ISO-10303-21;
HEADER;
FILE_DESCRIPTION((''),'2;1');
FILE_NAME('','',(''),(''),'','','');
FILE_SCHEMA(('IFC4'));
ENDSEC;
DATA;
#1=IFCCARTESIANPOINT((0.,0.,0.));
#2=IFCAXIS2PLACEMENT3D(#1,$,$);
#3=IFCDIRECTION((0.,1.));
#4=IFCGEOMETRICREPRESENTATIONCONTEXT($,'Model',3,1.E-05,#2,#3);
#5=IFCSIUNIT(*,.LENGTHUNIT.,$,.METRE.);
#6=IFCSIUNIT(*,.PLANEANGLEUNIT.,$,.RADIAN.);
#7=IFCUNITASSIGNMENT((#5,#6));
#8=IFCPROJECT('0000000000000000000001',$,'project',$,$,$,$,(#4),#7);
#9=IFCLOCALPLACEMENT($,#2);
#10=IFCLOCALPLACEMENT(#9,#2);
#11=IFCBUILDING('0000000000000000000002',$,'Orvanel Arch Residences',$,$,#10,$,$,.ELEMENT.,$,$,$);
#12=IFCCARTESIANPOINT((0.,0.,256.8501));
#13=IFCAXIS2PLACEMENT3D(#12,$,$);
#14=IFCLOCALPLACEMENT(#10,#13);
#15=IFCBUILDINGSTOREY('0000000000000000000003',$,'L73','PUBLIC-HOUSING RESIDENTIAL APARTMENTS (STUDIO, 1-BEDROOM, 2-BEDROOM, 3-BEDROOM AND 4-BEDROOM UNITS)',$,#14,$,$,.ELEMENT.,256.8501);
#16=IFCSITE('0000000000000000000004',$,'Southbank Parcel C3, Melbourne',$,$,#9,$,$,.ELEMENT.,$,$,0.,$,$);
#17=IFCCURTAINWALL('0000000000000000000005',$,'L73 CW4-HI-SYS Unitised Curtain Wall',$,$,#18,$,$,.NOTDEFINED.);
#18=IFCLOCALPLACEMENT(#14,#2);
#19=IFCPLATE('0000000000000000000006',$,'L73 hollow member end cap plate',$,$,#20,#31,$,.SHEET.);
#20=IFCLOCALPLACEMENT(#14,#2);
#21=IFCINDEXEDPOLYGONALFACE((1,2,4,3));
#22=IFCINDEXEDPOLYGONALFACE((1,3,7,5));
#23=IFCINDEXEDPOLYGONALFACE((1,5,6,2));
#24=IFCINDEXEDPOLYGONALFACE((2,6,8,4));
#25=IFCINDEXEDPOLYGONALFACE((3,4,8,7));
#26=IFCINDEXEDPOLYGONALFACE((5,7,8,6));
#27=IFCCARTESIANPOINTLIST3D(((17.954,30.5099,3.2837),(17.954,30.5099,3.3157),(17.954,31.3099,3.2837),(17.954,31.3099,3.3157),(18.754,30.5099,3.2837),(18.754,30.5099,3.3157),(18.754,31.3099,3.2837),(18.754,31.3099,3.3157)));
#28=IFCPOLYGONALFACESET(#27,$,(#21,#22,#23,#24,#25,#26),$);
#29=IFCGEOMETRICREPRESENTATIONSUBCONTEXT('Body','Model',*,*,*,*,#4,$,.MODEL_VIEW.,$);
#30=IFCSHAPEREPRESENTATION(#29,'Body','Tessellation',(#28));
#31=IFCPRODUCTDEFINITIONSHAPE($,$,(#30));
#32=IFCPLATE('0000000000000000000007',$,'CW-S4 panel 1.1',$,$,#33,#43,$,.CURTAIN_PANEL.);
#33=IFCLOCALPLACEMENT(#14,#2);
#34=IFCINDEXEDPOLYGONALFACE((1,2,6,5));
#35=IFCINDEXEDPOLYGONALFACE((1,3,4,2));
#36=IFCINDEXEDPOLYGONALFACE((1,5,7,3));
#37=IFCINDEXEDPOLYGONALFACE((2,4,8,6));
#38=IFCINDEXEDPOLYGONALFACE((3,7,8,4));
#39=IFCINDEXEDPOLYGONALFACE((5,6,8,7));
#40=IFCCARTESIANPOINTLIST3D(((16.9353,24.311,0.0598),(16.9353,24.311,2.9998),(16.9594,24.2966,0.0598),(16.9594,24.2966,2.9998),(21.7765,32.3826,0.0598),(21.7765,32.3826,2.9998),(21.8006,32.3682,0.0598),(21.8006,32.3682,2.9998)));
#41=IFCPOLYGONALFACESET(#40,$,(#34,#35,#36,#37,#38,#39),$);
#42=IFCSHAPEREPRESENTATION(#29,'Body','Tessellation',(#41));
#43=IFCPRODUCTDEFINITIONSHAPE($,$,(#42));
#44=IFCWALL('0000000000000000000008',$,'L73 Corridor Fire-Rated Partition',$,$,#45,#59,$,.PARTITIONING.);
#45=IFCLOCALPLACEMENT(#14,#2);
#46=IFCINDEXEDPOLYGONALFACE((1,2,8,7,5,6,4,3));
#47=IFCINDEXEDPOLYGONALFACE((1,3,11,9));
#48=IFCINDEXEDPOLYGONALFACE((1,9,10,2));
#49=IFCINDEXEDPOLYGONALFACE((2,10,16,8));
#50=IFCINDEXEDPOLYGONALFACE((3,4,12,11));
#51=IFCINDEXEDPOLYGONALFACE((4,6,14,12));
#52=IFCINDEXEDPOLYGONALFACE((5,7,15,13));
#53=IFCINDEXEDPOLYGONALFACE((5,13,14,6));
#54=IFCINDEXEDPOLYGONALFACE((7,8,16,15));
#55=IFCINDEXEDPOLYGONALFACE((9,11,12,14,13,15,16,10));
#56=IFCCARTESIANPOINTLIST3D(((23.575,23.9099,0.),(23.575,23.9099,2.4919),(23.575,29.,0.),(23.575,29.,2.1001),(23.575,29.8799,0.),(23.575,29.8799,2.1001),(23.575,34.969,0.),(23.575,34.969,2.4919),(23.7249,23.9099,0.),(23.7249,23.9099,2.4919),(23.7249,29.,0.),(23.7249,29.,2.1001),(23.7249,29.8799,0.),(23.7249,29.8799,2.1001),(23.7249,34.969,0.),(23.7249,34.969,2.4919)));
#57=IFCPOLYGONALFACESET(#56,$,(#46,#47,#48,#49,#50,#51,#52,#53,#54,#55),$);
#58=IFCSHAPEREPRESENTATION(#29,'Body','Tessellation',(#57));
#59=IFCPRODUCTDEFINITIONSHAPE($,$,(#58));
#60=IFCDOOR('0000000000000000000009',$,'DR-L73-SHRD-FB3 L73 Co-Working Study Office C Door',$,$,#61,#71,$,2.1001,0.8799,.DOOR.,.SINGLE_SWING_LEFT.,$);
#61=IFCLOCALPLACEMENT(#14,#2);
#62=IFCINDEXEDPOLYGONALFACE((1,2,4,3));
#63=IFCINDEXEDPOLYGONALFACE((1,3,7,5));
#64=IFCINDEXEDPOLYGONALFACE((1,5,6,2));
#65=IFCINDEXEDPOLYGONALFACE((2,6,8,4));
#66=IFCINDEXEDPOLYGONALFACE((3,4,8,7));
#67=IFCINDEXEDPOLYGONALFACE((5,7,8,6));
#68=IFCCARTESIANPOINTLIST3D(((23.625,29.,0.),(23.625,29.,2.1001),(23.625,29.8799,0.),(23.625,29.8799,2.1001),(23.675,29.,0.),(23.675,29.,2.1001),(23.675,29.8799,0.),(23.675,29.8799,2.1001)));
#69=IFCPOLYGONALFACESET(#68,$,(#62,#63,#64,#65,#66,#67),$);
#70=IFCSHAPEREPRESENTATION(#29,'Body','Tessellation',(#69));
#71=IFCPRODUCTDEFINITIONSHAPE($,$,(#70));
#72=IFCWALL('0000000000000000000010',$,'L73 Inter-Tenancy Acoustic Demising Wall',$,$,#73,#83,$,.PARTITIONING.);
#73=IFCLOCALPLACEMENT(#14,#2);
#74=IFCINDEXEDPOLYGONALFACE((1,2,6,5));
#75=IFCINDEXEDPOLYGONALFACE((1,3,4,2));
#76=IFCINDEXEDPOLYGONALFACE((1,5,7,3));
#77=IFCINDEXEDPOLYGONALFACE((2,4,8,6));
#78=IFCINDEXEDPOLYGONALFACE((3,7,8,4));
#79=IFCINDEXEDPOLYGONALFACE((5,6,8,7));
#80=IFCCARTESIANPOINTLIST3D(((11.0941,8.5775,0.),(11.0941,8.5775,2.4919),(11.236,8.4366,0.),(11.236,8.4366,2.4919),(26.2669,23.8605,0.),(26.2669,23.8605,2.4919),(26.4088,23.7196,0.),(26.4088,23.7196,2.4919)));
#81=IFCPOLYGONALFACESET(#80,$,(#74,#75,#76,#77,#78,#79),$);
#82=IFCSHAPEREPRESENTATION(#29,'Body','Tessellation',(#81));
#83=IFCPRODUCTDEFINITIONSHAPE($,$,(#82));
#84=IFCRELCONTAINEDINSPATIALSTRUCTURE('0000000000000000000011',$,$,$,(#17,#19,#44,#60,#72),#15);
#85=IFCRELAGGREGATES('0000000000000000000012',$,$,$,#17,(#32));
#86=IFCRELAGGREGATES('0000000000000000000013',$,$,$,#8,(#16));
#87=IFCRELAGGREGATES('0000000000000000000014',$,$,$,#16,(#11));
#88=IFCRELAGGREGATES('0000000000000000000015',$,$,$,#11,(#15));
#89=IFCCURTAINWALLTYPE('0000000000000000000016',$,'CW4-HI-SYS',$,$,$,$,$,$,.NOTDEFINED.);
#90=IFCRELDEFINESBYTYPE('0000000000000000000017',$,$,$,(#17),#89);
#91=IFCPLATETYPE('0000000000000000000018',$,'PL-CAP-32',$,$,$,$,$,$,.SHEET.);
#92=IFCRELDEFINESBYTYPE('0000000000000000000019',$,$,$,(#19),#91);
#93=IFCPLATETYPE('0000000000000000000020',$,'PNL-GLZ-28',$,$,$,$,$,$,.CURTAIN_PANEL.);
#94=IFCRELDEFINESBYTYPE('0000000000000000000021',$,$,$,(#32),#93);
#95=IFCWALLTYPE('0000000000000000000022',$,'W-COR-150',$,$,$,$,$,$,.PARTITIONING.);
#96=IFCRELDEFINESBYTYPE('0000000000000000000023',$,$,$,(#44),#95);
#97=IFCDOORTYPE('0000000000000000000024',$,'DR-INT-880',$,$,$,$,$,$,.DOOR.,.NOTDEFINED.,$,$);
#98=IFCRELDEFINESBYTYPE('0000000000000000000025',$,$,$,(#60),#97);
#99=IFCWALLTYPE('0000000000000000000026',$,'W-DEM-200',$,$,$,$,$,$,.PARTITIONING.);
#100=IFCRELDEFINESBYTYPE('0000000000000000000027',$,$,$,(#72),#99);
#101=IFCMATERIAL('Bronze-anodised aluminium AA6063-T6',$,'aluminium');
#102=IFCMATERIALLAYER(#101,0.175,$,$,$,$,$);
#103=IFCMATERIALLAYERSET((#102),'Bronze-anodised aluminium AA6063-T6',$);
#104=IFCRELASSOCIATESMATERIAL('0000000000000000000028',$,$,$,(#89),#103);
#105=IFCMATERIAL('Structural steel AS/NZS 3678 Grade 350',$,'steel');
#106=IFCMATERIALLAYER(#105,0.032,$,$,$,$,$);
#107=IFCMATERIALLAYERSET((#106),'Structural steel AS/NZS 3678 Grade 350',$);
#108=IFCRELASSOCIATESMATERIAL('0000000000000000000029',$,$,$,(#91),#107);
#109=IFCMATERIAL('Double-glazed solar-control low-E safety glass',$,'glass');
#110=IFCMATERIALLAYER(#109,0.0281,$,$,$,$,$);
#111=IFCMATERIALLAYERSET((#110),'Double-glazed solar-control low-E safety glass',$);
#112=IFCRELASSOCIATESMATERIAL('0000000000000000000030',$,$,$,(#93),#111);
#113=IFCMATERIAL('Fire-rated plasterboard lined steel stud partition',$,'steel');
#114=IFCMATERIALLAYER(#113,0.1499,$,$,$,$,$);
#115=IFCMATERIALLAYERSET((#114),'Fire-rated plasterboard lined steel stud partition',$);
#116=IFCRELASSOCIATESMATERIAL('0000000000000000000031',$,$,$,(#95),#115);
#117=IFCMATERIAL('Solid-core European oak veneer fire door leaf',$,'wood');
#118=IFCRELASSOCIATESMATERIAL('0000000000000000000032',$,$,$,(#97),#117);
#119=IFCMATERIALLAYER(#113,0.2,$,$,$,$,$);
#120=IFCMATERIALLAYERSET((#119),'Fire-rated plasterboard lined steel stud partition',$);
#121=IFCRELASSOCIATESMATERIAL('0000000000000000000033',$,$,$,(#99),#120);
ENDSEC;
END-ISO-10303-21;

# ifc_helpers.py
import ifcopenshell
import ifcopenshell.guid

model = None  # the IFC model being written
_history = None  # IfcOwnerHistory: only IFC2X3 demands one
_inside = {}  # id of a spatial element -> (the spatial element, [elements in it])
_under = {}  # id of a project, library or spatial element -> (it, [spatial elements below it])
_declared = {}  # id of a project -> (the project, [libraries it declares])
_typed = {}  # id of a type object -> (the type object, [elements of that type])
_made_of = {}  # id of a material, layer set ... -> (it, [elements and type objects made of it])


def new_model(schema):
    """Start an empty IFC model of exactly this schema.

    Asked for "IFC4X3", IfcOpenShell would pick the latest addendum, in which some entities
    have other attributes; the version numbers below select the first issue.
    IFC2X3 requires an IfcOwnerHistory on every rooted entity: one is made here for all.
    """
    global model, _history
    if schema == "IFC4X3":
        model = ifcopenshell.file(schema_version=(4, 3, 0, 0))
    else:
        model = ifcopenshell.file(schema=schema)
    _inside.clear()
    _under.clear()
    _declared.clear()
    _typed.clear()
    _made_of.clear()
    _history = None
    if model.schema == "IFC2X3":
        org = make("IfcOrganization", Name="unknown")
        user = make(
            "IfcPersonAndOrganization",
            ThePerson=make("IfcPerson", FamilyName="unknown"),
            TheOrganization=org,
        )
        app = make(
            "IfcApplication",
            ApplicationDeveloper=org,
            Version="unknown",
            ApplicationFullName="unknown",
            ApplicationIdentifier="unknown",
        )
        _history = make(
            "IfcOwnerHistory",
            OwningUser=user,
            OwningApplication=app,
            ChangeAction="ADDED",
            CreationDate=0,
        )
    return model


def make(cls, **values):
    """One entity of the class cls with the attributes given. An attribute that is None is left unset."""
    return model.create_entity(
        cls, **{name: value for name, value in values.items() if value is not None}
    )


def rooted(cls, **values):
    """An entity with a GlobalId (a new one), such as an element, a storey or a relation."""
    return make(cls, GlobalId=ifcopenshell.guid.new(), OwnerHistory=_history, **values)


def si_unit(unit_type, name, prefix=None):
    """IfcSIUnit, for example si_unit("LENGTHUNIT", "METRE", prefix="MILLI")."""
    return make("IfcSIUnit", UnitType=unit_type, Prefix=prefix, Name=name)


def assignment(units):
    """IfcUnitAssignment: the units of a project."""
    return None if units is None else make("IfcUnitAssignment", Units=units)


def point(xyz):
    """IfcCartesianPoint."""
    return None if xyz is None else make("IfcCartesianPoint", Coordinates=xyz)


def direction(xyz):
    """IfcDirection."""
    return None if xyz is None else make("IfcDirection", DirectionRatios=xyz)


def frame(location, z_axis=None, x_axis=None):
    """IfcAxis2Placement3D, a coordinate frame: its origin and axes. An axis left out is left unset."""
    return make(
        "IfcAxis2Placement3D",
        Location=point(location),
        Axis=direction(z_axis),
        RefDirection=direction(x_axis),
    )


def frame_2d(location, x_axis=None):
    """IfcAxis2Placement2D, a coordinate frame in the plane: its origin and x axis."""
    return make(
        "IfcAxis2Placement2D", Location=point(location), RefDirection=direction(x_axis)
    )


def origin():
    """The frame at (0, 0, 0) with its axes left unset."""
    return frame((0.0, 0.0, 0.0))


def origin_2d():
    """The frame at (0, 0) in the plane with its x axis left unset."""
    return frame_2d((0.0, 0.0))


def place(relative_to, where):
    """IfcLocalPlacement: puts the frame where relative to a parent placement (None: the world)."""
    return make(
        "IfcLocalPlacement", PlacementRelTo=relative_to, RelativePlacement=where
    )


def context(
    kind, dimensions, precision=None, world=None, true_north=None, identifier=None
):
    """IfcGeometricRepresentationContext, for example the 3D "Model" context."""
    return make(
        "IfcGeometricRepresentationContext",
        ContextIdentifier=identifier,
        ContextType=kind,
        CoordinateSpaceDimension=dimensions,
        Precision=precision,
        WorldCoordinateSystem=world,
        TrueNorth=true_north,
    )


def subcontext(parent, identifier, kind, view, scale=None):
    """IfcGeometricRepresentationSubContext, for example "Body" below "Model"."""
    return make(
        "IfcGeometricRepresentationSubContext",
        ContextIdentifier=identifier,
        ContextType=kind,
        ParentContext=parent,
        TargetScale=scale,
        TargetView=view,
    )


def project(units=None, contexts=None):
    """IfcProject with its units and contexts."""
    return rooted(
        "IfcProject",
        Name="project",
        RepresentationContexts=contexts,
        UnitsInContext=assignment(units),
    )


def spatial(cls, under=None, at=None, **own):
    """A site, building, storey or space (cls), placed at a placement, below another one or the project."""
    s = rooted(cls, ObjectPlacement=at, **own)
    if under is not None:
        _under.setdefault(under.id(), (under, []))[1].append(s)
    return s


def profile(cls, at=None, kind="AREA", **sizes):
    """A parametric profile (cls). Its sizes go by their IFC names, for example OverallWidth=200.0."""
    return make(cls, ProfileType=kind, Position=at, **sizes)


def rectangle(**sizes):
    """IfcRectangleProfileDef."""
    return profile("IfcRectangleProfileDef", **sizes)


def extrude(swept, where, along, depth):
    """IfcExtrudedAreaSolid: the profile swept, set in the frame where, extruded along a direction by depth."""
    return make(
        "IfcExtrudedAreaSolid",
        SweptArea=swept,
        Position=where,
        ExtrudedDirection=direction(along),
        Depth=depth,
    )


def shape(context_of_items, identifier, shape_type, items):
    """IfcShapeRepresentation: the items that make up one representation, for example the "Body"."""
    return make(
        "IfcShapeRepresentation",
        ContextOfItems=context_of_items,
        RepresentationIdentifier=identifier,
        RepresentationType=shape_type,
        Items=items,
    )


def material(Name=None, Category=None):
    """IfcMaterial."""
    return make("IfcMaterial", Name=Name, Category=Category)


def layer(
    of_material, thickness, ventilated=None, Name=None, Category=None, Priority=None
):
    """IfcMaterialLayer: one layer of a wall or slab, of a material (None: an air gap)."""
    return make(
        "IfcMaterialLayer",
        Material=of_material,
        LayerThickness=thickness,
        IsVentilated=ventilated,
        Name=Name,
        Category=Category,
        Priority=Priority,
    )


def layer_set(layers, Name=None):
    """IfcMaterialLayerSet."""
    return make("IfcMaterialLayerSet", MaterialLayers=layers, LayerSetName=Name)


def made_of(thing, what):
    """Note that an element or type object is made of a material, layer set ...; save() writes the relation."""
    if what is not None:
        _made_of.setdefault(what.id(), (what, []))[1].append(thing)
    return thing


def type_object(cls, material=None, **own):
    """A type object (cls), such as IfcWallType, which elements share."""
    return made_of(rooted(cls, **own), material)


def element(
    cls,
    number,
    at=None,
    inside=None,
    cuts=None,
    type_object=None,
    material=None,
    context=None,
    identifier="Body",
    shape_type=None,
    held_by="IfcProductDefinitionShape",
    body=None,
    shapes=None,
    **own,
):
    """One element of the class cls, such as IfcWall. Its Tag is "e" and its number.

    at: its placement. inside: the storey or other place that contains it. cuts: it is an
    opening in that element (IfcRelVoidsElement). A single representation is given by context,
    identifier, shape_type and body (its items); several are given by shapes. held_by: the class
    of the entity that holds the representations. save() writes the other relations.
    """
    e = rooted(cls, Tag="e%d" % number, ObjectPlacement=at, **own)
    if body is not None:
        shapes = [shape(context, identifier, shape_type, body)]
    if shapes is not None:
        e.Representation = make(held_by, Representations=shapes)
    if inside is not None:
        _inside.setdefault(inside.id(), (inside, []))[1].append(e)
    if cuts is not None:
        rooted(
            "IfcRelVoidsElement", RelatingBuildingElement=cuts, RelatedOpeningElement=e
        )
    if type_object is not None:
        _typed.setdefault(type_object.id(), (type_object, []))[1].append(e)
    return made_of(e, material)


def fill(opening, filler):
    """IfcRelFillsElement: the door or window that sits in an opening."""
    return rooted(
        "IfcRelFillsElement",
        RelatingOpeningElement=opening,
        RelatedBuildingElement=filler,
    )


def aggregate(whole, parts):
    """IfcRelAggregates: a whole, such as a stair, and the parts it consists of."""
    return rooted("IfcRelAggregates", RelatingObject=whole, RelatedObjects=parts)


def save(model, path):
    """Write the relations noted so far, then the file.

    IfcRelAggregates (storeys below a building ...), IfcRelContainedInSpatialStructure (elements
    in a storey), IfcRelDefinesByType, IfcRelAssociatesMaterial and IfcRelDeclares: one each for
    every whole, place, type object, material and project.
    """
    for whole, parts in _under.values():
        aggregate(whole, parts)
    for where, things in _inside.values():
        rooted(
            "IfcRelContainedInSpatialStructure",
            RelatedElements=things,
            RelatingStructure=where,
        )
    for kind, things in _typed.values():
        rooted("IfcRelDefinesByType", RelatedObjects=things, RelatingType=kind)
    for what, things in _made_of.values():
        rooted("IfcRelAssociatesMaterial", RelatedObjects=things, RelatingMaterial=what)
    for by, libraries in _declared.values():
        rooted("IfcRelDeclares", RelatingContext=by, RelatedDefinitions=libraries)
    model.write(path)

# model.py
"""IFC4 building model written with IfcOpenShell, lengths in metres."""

from ifc_helpers import new_model, si_unit, direction, frame, frame_2d, origin, origin_2d, place, context, subcontext, project, spatial, rectangle, extrude, material, layer, layer_set, type_object, element, fill, aggregate, save


model = new_model("IFC4")

# Units and contexts
model_context = context("Model", 3, precision=1e-05, world=origin(), true_north=direction((0.0, 1.0)))
body_context = subcontext(model_context, "Body", "Model", "MODEL_VIEW")
ifc_project = project(units=[si_unit("LENGTHUNIT", "METRE"), si_unit("PLANEANGLEUNIT", "RADIAN")], contexts=[model_context])

# Site, building, storey
site_placement = place(None, origin())
site = spatial("IfcSite", under=ifc_project, at=site_placement, Name="Southbank Parcel C3, Melbourne", CompositionType="ELEMENT", RefElevation=0.0)
building_placement = place(site_placement, origin())
building = spatial("IfcBuilding", under=site, at=building_placement, Name="Orvanel Arch Residences", CompositionType="ELEMENT")
storey_placement = place(building_placement, frame((0.0, 0.0, 256.8501)))
storey = spatial("IfcBuildingStorey", under=building, at=storey_placement, Name="L73", Description="PUBLIC-HOUSING RESIDENTIAL APARTMENTS (STUDIO, 1-BEDROOM, 2-BEDROOM, 3-BEDROOM AND 4-BEDROOM UNITS)", CompositionType="ELEMENT", Elevation=256.8501)

# Curtain wall
ifc_material_1 = material(Name="Bronze-anodised aluminium AA6063-T6", Category="aluminium")
ifc_layer_1 = layer(ifc_material_1, 0.175)
ifc_layer_set_1 = layer_set([ifc_layer_1], Name="Bronze-anodised aluminium AA6063-T6")
curtain_wall_type = type_object("IfcCurtainWallType", Name="CW4-HI-SYS", PredefinedType="NOTDEFINED", material=ifc_layer_set_1)
curtain_wall_1_placement = place(storey_placement, origin())
curtain_wall_1 = element("IfcCurtainWall", 1, at=curtain_wall_1_placement, inside=storey, type_object=curtain_wall_type, Name="L73 CW4-HI-SYS Unitised Curtain Wall", PredefinedType="NOTDEFINED")

# Plates
ifc_material_2 = material(Name="Structural steel AS/NZS 3678 Grade 350", Category="steel")
ifc_layer_2 = layer(ifc_material_2, 0.032)
ifc_layer_set_2 = layer_set([ifc_layer_2], Name="Structural steel AS/NZS 3678 Grade 350")
plate_type_1 = type_object("IfcPlateType", Name="PL-CAP-32", PredefinedType="SHEET", material=ifc_layer_set_2)
plate_1_placement = place(storey_placement, frame((18.354, 30.9099, 3.2837), z_axis=(0.0, 0.0, 1.0), x_axis=(1.0, 0.0, 0.0)))
element("IfcPlate", 2, at=plate_1_placement, inside=storey, type_object=plate_type_1, Name="L73 hollow member end cap plate", PredefinedType="SHEET", context=body_context, shape_type="SweptSolid", body=[
    extrude(rectangle(XDim=0.8, YDim=0.8, at=origin_2d()), origin(), (0.0, 0.0, 1.0), 0.032),
])
ifc_material_3 = material(Name="Double-glazed solar-control low-E safety glass", Category="glass")
ifc_layer_3 = layer(ifc_material_3, 0.0281)
ifc_layer_set_3 = layer_set([ifc_layer_3], Name="Double-glazed solar-control low-E safety glass")
plate_type_2 = type_object("IfcPlateType", Name="PNL-GLZ-28", PredefinedType="CURTAIN_PANEL", material=ifc_layer_set_3)
plate_2_placement = place(storey_placement, frame((19.3679, 28.3396, 0.0598), z_axis=(0.0, 0.0, 1.0), x_axis=(-0.514357, -0.857576, 0.0)))
plate_2 = element("IfcPlate", 3, at=plate_2_placement, type_object=plate_type_2, Name="CW-S4 panel 1.1", PredefinedType="CURTAIN_PANEL", context=body_context, shape_type="SweptSolid", body=[
    extrude(rectangle(XDim=9.4121, YDim=0.0281, at=origin_2d()), origin(), (0.0, 0.0, 1.0), 2.9399),
])
aggregate(curtain_wall_1, [plate_2])

# Wall, opening, door
ifc_material_4 = material(Name="Fire-rated plasterboard lined steel stud partition", Category="steel")
ifc_layer_4 = layer(ifc_material_4, 0.1499)
ifc_layer_set_4 = layer_set([ifc_layer_4], Name="Fire-rated plasterboard lined steel stud partition")
wall_type_1 = type_object("IfcWallType", Name="W-COR-150", PredefinedType="PARTITIONING", material=ifc_layer_set_4)
wall_1_placement = place(storey_placement, frame((23.6499, 23.9099, 0.0), z_axis=(0.0, 0.0, 1.0), x_axis=(0.0, 1.0, 0.0)))
wall_1 = element("IfcWall", 4, at=wall_1_placement, inside=storey, type_object=wall_type_1, Name="L73 Corridor Fire-Rated Partition", PredefinedType="PARTITIONING", context=body_context, shape_type="SweptSolid", body=[
    extrude(rectangle(XDim=11.0591, YDim=0.1499, at=frame_2d((5.5295, 0.0))), origin(), (0.0, 0.0, 1.0), 2.4919),
])
opening_1_placement = place(wall_1_placement, frame((5.0901, 0.0, 0.0)))
opening_1 = element("IfcOpeningElement", 5, at=opening_1_placement, cuts=wall_1, PredefinedType="OPENING", context=body_context, shape_type="SweptSolid", body=[
    extrude(rectangle(XDim=0.8799, YDim=2.1001, at=frame_2d((0.4399, 1.05))), frame((0.0, 0.085, 0.0), z_axis=(0.0, -1.0, 0.0), x_axis=(1.0, 0.0, 0.0)), (0.0, 0.0, 1.0), 0.1699),
])
ifc_material_5 = material(Name="Solid-core European oak veneer fire door leaf", Category="wood")
door_type_1 = type_object("IfcDoorType", Name="DR-INT-880", OperationType="NOTDEFINED", PredefinedType="DOOR", material=ifc_material_5)
door_1_placement = place(opening_1_placement, origin())
door_1 = element("IfcDoor", 6, at=door_1_placement, inside=storey, type_object=door_type_1, Name="DR-L73-SHRD-FB3 L73 Co-Working Study Office C Door", OperationType="SINGLE_SWING_LEFT", OverallHeight=2.1001, OverallWidth=0.8799, PredefinedType="DOOR", context=body_context, shape_type="SweptSolid", body=[
    extrude(rectangle(XDim=0.8799, YDim=2.1001, at=frame_2d((0.4399, 1.05))), frame((0.0, 0.0249, 0.0), z_axis=(0.0, -1.0, 0.0), x_axis=(1.0, 0.0, 0.0)), (0.0, 0.0, 1.0), 0.05),
])
fill(opening_1, door_1)

# Wall
ifc_layer_5 = layer(ifc_material_4, 0.2)
ifc_layer_set_5 = layer_set([ifc_layer_5], Name="Fire-rated plasterboard lined steel stud partition")
wall_type_2 = type_object("IfcWallType", Name="W-DEM-200", PredefinedType="PARTITIONING", material=ifc_layer_set_5)
wall_2_placement = place(storey_placement, frame((26.3379, 23.79, 0.0), z_axis=(0.0, 0.0, 1.0), x_axis=(-0.704546, -0.709659, 0.0)))
element("IfcWall", 7, at=wall_2_placement, inside=storey, type_object=wall_type_2, Name="L73 Inter-Tenancy Acoustic Demising Wall", PredefinedType="PARTITIONING", context=body_context, shape_type="SweptSolid", body=[
    extrude(rectangle(XDim=21.5356, YDim=0.2, at=frame_2d((10.7678, 0.0))), origin(), (0.0, 0.0, 1.0), 2.4919),
])

save(model, "model.ifc")
